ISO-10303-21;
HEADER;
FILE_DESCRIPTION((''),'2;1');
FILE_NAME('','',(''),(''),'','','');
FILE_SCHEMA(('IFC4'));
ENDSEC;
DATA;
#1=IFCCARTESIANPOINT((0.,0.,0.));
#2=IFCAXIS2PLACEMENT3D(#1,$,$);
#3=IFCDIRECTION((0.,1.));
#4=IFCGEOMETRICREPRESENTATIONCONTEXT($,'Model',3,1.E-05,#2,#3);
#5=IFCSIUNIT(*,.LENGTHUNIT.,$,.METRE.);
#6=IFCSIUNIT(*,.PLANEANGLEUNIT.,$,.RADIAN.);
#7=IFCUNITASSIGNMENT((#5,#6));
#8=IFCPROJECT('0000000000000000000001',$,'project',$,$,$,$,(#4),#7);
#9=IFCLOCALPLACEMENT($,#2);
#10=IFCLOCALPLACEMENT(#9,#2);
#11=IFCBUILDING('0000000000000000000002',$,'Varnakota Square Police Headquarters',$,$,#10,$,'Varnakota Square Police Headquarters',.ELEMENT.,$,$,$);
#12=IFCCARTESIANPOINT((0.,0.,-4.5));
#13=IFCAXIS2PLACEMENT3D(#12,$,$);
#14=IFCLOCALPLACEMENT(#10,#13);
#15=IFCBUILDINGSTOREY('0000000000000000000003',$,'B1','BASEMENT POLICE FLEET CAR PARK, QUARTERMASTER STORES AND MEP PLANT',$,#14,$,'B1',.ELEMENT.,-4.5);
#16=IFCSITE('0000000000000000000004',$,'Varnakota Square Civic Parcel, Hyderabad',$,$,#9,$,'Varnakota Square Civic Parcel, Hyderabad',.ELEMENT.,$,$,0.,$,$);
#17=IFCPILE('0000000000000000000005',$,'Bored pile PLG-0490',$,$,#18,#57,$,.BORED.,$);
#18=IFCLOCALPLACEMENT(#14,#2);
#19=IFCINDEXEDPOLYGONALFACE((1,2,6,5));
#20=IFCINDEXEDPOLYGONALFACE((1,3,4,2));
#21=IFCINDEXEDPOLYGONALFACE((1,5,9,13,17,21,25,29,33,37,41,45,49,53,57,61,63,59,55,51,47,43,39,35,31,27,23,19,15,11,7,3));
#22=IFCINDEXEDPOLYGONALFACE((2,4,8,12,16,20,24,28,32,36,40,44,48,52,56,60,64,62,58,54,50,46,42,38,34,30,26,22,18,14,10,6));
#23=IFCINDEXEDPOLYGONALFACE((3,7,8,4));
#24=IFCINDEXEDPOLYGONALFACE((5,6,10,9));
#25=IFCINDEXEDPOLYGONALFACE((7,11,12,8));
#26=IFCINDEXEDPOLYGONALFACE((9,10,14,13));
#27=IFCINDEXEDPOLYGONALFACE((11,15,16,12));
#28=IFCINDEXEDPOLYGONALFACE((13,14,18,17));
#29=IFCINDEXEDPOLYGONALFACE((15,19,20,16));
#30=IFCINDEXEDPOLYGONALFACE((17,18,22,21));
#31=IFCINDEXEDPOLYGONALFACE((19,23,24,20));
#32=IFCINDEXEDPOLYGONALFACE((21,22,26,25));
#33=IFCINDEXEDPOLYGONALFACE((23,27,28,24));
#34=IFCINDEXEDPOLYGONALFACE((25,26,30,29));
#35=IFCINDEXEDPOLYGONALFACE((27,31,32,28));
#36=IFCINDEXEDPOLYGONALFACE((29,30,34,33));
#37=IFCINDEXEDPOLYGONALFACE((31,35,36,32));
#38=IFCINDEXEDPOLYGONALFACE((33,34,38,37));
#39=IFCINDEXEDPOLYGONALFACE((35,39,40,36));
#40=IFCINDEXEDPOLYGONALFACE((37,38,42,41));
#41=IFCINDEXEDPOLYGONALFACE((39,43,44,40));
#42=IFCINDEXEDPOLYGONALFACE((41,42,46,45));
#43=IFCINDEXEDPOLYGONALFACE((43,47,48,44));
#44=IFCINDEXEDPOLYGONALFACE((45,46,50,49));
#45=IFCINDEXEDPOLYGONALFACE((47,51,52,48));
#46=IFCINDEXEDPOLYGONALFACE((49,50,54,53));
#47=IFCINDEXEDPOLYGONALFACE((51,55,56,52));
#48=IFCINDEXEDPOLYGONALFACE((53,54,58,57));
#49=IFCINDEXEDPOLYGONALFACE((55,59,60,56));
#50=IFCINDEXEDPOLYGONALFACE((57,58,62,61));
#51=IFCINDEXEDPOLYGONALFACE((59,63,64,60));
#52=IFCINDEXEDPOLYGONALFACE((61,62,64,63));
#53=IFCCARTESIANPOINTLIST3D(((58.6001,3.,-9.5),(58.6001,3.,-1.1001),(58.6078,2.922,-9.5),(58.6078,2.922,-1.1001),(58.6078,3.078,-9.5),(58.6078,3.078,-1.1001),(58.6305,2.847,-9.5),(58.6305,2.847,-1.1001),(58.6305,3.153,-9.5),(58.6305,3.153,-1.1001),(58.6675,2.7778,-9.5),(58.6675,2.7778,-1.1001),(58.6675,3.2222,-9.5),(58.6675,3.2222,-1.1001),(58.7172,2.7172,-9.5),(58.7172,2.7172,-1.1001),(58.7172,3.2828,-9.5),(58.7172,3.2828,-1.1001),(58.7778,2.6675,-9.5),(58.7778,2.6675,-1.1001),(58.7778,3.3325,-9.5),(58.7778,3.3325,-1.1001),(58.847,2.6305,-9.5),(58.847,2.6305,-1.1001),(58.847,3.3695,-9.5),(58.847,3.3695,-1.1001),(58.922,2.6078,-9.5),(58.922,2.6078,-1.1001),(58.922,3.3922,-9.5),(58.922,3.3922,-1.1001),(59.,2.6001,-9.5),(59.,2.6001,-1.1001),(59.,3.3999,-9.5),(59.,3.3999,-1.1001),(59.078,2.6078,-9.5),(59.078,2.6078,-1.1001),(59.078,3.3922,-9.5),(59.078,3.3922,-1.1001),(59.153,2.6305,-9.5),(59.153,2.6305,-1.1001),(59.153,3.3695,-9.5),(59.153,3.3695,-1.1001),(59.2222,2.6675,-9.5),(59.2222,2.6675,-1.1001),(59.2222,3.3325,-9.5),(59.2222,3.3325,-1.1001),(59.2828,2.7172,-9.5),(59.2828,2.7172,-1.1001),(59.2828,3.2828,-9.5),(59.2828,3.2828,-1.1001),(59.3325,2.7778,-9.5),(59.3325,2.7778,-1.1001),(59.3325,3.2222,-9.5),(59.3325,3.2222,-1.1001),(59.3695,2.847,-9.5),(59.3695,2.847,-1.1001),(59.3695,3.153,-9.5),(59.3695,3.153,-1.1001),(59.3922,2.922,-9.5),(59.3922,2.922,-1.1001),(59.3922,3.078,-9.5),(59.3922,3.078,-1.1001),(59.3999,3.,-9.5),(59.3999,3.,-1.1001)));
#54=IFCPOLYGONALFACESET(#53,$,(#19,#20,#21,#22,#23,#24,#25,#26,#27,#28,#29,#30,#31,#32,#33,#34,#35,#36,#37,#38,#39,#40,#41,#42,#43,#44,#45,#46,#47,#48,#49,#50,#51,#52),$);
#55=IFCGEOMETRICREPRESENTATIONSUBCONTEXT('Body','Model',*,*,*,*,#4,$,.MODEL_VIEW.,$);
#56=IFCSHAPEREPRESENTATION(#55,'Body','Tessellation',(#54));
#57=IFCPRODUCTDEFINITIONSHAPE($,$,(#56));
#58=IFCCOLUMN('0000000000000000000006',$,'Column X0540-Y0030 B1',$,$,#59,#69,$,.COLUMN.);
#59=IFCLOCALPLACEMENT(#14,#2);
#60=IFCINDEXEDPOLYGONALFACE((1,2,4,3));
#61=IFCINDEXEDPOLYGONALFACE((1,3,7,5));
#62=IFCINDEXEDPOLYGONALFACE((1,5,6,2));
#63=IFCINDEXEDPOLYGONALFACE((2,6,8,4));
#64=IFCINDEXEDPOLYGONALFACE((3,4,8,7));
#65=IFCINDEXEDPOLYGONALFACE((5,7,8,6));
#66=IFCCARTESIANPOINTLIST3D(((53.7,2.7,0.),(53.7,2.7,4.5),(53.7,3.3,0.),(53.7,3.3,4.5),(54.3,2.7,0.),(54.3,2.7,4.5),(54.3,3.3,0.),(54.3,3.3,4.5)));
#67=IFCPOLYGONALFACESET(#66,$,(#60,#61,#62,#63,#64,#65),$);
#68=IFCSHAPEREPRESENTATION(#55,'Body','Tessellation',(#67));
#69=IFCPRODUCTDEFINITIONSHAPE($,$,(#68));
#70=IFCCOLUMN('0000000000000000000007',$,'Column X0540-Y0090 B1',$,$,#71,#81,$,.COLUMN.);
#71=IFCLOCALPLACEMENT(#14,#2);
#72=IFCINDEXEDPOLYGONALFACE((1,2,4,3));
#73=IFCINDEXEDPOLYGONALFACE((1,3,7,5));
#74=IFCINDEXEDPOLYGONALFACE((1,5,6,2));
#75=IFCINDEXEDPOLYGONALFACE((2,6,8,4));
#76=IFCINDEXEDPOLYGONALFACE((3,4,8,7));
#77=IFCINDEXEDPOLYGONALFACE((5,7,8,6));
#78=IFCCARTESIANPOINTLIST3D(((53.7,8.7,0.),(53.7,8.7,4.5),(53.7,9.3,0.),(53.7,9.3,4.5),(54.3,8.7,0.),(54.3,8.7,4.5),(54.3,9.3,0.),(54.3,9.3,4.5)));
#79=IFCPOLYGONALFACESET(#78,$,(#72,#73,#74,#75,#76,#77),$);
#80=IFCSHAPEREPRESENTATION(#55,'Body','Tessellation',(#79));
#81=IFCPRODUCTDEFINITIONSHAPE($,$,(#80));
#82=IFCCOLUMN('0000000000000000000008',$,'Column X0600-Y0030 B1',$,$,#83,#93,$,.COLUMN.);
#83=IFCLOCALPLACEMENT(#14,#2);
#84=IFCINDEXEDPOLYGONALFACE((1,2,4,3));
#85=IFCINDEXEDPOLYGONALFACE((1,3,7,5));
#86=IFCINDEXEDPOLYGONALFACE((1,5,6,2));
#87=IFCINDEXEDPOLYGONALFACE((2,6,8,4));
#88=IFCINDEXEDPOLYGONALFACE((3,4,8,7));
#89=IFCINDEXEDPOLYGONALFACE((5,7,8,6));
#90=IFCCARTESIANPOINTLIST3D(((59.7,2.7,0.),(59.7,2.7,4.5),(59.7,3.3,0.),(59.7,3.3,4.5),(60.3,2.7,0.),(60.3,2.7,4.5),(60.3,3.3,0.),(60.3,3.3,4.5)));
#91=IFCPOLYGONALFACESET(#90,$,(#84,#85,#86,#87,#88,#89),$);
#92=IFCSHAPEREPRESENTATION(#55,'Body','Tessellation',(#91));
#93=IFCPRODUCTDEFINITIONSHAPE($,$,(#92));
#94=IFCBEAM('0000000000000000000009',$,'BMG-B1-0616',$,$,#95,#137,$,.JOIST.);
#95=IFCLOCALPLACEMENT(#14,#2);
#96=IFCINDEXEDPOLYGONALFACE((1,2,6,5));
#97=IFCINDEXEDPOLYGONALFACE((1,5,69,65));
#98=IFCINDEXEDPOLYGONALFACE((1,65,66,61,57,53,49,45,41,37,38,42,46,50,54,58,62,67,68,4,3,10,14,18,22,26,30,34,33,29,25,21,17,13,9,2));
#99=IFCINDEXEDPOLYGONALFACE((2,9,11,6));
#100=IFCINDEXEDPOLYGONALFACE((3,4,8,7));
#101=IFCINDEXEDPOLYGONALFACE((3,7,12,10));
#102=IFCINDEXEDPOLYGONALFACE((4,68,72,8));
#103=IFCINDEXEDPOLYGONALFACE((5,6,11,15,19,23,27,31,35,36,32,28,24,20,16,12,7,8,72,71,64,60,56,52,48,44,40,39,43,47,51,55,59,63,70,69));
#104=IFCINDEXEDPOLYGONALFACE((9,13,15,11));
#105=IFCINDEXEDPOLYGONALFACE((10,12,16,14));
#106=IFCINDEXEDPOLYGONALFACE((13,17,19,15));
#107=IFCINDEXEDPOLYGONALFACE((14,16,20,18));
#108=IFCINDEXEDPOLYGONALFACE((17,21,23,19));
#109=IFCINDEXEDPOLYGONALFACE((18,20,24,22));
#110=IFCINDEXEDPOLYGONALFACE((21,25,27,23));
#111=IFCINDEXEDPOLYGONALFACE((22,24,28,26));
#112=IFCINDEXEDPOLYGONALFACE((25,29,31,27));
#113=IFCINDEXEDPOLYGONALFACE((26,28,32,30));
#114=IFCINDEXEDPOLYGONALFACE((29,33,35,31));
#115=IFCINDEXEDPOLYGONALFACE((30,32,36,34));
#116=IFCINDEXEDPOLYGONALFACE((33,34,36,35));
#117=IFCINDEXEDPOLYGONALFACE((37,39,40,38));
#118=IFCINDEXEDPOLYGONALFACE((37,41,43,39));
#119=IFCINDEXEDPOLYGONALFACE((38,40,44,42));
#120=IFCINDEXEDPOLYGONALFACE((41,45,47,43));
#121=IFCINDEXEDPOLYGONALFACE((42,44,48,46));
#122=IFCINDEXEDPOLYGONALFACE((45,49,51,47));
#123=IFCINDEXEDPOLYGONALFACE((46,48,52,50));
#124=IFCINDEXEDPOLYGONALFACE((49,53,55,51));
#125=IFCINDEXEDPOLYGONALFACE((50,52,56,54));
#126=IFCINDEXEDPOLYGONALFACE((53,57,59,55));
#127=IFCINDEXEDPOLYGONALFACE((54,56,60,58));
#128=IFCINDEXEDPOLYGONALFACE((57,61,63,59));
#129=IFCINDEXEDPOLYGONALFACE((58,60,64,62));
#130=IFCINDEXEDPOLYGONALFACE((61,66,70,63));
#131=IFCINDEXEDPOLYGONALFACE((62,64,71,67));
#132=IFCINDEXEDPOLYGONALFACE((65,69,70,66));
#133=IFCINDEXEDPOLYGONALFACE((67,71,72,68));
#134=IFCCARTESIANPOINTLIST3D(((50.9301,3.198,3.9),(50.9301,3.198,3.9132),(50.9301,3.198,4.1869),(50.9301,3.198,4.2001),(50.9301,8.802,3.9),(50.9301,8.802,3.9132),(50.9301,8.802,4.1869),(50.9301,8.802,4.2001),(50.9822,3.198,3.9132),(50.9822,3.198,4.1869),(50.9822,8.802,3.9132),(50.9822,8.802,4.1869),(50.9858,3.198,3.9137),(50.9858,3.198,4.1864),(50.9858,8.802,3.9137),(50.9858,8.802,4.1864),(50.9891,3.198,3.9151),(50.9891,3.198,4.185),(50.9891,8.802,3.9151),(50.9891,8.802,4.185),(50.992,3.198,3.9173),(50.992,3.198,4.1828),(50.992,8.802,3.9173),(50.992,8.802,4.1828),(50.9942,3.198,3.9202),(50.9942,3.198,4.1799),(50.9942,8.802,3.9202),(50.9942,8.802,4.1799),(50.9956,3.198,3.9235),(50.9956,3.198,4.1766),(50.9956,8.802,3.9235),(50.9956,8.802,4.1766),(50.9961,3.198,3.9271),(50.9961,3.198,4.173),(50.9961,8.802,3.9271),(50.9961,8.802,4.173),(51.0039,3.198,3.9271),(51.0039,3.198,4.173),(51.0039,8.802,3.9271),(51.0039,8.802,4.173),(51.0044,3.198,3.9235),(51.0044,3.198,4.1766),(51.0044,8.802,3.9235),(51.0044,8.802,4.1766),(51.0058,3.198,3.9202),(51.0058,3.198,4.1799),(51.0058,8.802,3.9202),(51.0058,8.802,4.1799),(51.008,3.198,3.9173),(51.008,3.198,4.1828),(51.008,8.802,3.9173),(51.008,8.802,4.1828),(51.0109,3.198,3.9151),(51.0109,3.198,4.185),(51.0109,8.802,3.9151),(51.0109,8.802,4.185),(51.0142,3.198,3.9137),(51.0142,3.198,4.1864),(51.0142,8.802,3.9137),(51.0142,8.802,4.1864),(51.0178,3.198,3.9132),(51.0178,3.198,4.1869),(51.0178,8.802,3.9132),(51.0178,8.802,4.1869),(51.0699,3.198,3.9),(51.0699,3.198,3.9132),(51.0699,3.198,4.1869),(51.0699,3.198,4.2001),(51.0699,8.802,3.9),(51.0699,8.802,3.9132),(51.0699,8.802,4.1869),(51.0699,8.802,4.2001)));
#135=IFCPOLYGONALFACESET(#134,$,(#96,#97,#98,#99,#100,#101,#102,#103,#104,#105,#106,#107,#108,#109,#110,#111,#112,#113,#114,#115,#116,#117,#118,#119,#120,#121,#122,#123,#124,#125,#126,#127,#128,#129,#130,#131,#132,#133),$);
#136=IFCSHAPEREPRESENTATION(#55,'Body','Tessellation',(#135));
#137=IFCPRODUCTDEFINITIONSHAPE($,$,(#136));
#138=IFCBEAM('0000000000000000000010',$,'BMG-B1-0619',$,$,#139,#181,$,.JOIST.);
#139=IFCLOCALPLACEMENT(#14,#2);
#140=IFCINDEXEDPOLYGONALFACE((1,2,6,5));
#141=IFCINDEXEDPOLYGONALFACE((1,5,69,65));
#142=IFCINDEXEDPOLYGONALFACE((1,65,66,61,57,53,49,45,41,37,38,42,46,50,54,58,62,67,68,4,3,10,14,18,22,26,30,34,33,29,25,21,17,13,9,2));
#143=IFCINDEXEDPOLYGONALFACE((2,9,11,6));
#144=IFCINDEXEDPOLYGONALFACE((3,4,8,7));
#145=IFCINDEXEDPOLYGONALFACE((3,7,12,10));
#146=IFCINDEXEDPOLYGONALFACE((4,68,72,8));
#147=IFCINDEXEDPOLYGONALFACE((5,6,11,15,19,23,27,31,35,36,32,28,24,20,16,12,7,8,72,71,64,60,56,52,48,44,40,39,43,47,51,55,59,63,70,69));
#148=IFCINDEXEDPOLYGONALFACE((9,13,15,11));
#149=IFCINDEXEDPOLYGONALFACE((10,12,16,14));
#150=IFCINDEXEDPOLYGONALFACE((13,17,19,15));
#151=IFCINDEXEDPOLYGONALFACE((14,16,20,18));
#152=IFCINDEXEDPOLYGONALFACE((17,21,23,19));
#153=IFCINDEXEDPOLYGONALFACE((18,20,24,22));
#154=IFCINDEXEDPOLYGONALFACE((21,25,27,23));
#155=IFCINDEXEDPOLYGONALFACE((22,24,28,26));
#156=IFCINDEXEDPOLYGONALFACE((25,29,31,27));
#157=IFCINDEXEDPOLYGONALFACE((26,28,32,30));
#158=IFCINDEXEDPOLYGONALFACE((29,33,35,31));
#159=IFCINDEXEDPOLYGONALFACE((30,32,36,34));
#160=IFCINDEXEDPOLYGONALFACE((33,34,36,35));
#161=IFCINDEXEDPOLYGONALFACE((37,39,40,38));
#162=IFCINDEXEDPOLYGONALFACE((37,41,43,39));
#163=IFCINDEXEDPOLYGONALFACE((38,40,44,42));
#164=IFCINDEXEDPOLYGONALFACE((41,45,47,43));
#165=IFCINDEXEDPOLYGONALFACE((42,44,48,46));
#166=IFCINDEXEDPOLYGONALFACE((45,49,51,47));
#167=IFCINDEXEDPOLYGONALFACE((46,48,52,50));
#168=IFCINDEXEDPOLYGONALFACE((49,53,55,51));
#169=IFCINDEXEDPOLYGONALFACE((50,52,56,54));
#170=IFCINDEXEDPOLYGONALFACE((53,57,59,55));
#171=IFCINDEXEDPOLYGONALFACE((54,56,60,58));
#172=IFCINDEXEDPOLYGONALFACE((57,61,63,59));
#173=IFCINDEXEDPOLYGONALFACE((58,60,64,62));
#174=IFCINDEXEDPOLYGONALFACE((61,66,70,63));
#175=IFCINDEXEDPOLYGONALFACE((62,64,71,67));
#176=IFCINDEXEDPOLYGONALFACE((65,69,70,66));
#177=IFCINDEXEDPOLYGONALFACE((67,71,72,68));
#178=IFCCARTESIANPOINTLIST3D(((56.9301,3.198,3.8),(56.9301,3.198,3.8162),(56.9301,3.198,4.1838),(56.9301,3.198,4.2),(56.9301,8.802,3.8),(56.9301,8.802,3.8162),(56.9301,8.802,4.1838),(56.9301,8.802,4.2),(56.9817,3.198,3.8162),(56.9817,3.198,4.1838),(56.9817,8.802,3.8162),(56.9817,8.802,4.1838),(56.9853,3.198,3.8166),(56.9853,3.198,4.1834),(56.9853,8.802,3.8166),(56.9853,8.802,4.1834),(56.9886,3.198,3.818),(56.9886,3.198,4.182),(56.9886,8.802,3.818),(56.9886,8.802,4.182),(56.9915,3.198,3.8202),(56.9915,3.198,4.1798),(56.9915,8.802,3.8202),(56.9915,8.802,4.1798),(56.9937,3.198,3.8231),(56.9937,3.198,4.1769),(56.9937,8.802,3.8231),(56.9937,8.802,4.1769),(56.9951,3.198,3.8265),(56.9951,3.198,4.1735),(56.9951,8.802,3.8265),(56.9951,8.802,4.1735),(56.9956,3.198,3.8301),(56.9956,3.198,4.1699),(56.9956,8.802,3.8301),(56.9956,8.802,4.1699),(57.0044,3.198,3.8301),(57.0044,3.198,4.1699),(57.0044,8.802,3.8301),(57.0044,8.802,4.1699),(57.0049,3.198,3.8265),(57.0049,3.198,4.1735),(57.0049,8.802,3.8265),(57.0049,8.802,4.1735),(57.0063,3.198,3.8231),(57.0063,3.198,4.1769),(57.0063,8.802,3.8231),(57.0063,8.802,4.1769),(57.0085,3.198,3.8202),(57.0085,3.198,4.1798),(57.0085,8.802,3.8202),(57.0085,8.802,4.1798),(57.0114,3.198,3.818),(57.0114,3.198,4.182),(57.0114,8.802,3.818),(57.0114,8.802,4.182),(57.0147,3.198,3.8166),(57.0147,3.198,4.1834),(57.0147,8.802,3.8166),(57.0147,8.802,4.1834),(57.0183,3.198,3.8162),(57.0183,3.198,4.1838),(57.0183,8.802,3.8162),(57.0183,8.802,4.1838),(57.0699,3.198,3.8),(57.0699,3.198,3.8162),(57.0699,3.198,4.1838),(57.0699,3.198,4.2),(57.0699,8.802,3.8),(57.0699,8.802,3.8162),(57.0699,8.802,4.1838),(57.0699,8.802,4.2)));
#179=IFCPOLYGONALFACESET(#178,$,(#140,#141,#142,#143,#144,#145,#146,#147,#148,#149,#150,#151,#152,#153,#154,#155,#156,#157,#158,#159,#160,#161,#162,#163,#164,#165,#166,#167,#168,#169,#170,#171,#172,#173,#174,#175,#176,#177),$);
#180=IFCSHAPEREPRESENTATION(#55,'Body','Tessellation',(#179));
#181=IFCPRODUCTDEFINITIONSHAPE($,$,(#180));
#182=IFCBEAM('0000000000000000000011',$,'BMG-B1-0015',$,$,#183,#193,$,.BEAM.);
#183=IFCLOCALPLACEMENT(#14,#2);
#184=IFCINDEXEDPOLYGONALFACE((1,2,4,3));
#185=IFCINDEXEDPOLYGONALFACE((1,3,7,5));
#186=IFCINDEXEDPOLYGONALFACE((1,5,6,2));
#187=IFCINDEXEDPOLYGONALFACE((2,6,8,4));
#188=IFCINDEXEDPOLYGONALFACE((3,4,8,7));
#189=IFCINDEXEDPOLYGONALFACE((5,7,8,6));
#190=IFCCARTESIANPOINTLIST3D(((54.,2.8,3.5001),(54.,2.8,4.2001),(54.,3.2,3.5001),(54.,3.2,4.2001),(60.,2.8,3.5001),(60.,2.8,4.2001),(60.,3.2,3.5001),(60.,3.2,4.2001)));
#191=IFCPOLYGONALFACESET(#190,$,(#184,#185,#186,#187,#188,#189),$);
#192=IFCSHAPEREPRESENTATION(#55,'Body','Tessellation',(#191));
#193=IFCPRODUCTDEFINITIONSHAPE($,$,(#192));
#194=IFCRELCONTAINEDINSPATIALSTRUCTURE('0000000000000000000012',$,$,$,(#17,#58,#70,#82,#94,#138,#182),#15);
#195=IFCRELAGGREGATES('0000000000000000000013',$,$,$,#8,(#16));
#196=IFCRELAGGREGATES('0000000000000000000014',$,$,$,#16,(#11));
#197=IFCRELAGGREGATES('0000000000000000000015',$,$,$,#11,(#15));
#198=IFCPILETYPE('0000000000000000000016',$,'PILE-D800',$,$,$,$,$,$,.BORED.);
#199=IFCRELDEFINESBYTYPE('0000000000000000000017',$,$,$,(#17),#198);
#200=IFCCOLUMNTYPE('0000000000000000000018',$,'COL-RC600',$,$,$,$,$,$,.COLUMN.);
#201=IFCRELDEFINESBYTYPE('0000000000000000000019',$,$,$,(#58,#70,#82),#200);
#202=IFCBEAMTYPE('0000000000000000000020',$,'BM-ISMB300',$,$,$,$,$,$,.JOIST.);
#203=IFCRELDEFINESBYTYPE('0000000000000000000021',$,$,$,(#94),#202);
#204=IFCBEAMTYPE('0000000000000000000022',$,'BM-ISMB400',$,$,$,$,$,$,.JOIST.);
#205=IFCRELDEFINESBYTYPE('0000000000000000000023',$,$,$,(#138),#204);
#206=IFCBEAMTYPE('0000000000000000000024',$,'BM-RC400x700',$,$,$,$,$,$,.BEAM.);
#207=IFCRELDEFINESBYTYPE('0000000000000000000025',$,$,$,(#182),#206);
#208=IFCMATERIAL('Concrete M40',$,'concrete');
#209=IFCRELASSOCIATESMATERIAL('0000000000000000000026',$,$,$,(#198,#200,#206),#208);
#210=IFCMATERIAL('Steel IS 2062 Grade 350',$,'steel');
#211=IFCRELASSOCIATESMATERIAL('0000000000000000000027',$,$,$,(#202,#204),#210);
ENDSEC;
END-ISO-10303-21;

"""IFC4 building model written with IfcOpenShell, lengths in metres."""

from ifc_helpers import new_model, si_unit, direction, frame, origin, origin_2d, place, context, subcontext, project, spatial, rectangle, circle, i_section, extrude, material, material_profile, profile_set, type_object, element, save


model = new_model("IFC4")

# Units and contexts
model_context = context("Model", 3, precision=1e-05, world=origin(), true_north=direction((0.0, 1.0)))
body_context = subcontext(model_context, "Body", "Model", "MODEL_VIEW")
ifc_project = project(units=[si_unit("LENGTHUNIT", "METRE"), si_unit("PLANEANGLEUNIT", "RADIAN")], contexts=[model_context])

# Site, building, storey
site_placement = place(None, origin())
site = spatial("IfcSite", under=ifc_project, at=site_placement, Name="Varnakota Square Civic Parcel, Hyderabad", LongName="Varnakota Square Civic Parcel, Hyderabad", CompositionType="ELEMENT", RefElevation=0.0)
building_placement = place(site_placement, origin())
building = spatial("IfcBuilding", under=site, at=building_placement, Name="Varnakota Square Police Headquarters", LongName="Varnakota Square Police Headquarters", CompositionType="ELEMENT")
storey_placement = place(building_placement, frame((0.0, 0.0, -4.5)))
storey = spatial("IfcBuildingStorey", under=building, at=storey_placement, Name="B1", Description="BASEMENT POLICE FLEET CAR PARK, QUARTERMASTER STORES AND MEP PLANT", LongName="B1", CompositionType="ELEMENT", Elevation=-4.5)

# Shared definitions
ifc_material_1 = material(Name="Concrete M40", Category="concrete")

# Pile
ifc_material_profile_1 = material_profile(ifc_material_1, circle(Radius=0.3999, at=origin_2d()), Name="BORED PILE 800")
ifc_profile_set_1 = profile_set([ifc_material_profile_1], Name="Concrete M40")
pile_type = type_object("IfcPileType", Name="PILE-D800", PredefinedType="BORED", material=ifc_profile_set_1)
pile_placement = place(storey_placement, frame((59.0, 3.0, -1.1001), z_axis=(0.0, 0.0, -1.0), x_axis=(1.0, 0.0, 0.0)))
element("IfcPile", 1, at=pile_placement, inside=storey, type_object=pile_type, Name="Bored pile PLG-0490", PredefinedType="BORED", context=body_context, shape_type="SweptSolid", body=[
    extrude(circle(Radius=0.3999, at=origin_2d()), origin(), (0.0, 0.0, 1.0), 8.3999),
])

# Columns
ifc_material_profile_2 = material_profile(ifc_material_1, rectangle(XDim=0.6001, YDim=0.6001, at=origin_2d()), Name="RC 600x600")
ifc_profile_set_2 = profile_set([ifc_material_profile_2], Name="Concrete M40")
column_type = type_object("IfcColumnType", Name="COL-RC600", PredefinedType="COLUMN", material=ifc_profile_set_2)
for number, where, z_axis, x_axis, name in (
    (2, (54.0, 3.0, 0.0), (0.0, 0.0, 1.0), (1.0, 0.0, 0.0), "Column X0540-Y0030 B1"),
    (3, (54.0, 9.0, 0.0), (0.0, 0.0, 1.0), (1.0, 0.0, 0.0), "Column X0540-Y0090 B1"),
    (4, (60.0, 3.0, 0.0), (0.0, 0.0, 1.0), (1.0, 0.0, 0.0), "Column X0600-Y0030 B1"),
):
    element("IfcColumn", number, at=place(storey_placement, frame(where, z_axis=z_axis, x_axis=x_axis)), inside=storey, type_object=column_type, Name=name, PredefinedType="COLUMN", context=body_context, shape_type="SweptSolid", body=[
        extrude(rectangle(XDim=0.6001, YDim=0.6001, at=origin_2d()), origin(), (0.0, 0.0, 1.0), 4.5),
    ])

# Beams
ifc_material_2 = material(Name="Steel IS 2062 Grade 350", Category="steel")
ifc_material_profile_3 = material_profile(ifc_material_2, i_section(OverallWidth=0.1399, OverallDepth=0.3, WebThickness=0.0078, FlangeThickness=0.0132, FilletRadius=0.0139, at=origin_2d()), Name="ISMB 300")
ifc_profile_set_3 = profile_set([ifc_material_profile_3], Name="Steel IS 2062 Grade 350")
beam_type_1 = type_object("IfcBeamType", Name="BM-ISMB300", PredefinedType="JOIST", material=ifc_profile_set_3)
beam_1_placement = place(storey_placement, frame((51.0, 3.198, 4.05), z_axis=(0.0, 1.0, 0.0), x_axis=(-1.0, 0.0, 0.0)))
element("IfcBeam", 5, at=beam_1_placement, inside=storey, type_object=beam_type_1, Name="BMG-B1-0616", PredefinedType="JOIST", context=body_context, shape_type="SweptSolid", body=[
    extrude(i_section(OverallWidth=0.1399, OverallDepth=0.3, WebThickness=0.0078, FlangeThickness=0.0132, FilletRadius=0.0139, at=origin_2d()), origin(), (0.0, 0.0, 1.0), 5.604),
])
ifc_material_profile_4 = material_profile(ifc_material_2, i_section(OverallWidth=0.1399, OverallDepth=0.3999, WebThickness=0.0088, FlangeThickness=0.0161, FilletRadius=0.0139, at=origin_2d()), Name="ISMB 400")
ifc_profile_set_4 = profile_set([ifc_material_profile_4], Name="Steel IS 2062 Grade 350")
beam_type_2 = type_object("IfcBeamType", Name="BM-ISMB400", PredefinedType="JOIST", material=ifc_profile_set_4)
beam_2_placement = place(storey_placement, frame((57.0, 3.198, 4.0), z_axis=(0.0, 1.0, 0.0), x_axis=(-1.0, 0.0, 0.0)))
element("IfcBeam", 6, at=beam_2_placement, inside=storey, type_object=beam_type_2, Name="BMG-B1-0619", PredefinedType="JOIST", context=body_context, shape_type="SweptSolid", body=[
    extrude(i_section(OverallWidth=0.1399, OverallDepth=0.3999, WebThickness=0.0088, FlangeThickness=0.0161, FilletRadius=0.0139, at=origin_2d()), origin(), (0.0, 0.0, 1.0), 5.604),
])
ifc_material_profile_5 = material_profile(ifc_material_1, rectangle(XDim=0.3999, YDim=0.7, at=origin_2d()), Name="RC 400x700")
ifc_profile_set_5 = profile_set([ifc_material_profile_5], Name="Concrete M40")
beam_type_3 = type_object("IfcBeamType", Name="BM-RC400x700", PredefinedType="BEAM", material=ifc_profile_set_5)
for number, where, z_axis, x_axis, name in (
    (7, (54.0, 3.0, 3.8501), (1.0, 0.0, 0.0), (0.0, 1.0, 0.0), "BMG-B1-0015"),
):
    element("IfcBeam", number, at=place(storey_placement, frame(where, z_axis=z_axis, x_axis=x_axis)), inside=storey, type_object=beam_type_3, Name=name, PredefinedType="BEAM", context=body_context, shape_type="SweptSolid", body=[
        extrude(rectangle(XDim=0.3999, YDim=0.7, at=origin_2d()), origin(), (0.0, 0.0, 1.0), 6.0),
    ])

save(model, "model.ifc")
